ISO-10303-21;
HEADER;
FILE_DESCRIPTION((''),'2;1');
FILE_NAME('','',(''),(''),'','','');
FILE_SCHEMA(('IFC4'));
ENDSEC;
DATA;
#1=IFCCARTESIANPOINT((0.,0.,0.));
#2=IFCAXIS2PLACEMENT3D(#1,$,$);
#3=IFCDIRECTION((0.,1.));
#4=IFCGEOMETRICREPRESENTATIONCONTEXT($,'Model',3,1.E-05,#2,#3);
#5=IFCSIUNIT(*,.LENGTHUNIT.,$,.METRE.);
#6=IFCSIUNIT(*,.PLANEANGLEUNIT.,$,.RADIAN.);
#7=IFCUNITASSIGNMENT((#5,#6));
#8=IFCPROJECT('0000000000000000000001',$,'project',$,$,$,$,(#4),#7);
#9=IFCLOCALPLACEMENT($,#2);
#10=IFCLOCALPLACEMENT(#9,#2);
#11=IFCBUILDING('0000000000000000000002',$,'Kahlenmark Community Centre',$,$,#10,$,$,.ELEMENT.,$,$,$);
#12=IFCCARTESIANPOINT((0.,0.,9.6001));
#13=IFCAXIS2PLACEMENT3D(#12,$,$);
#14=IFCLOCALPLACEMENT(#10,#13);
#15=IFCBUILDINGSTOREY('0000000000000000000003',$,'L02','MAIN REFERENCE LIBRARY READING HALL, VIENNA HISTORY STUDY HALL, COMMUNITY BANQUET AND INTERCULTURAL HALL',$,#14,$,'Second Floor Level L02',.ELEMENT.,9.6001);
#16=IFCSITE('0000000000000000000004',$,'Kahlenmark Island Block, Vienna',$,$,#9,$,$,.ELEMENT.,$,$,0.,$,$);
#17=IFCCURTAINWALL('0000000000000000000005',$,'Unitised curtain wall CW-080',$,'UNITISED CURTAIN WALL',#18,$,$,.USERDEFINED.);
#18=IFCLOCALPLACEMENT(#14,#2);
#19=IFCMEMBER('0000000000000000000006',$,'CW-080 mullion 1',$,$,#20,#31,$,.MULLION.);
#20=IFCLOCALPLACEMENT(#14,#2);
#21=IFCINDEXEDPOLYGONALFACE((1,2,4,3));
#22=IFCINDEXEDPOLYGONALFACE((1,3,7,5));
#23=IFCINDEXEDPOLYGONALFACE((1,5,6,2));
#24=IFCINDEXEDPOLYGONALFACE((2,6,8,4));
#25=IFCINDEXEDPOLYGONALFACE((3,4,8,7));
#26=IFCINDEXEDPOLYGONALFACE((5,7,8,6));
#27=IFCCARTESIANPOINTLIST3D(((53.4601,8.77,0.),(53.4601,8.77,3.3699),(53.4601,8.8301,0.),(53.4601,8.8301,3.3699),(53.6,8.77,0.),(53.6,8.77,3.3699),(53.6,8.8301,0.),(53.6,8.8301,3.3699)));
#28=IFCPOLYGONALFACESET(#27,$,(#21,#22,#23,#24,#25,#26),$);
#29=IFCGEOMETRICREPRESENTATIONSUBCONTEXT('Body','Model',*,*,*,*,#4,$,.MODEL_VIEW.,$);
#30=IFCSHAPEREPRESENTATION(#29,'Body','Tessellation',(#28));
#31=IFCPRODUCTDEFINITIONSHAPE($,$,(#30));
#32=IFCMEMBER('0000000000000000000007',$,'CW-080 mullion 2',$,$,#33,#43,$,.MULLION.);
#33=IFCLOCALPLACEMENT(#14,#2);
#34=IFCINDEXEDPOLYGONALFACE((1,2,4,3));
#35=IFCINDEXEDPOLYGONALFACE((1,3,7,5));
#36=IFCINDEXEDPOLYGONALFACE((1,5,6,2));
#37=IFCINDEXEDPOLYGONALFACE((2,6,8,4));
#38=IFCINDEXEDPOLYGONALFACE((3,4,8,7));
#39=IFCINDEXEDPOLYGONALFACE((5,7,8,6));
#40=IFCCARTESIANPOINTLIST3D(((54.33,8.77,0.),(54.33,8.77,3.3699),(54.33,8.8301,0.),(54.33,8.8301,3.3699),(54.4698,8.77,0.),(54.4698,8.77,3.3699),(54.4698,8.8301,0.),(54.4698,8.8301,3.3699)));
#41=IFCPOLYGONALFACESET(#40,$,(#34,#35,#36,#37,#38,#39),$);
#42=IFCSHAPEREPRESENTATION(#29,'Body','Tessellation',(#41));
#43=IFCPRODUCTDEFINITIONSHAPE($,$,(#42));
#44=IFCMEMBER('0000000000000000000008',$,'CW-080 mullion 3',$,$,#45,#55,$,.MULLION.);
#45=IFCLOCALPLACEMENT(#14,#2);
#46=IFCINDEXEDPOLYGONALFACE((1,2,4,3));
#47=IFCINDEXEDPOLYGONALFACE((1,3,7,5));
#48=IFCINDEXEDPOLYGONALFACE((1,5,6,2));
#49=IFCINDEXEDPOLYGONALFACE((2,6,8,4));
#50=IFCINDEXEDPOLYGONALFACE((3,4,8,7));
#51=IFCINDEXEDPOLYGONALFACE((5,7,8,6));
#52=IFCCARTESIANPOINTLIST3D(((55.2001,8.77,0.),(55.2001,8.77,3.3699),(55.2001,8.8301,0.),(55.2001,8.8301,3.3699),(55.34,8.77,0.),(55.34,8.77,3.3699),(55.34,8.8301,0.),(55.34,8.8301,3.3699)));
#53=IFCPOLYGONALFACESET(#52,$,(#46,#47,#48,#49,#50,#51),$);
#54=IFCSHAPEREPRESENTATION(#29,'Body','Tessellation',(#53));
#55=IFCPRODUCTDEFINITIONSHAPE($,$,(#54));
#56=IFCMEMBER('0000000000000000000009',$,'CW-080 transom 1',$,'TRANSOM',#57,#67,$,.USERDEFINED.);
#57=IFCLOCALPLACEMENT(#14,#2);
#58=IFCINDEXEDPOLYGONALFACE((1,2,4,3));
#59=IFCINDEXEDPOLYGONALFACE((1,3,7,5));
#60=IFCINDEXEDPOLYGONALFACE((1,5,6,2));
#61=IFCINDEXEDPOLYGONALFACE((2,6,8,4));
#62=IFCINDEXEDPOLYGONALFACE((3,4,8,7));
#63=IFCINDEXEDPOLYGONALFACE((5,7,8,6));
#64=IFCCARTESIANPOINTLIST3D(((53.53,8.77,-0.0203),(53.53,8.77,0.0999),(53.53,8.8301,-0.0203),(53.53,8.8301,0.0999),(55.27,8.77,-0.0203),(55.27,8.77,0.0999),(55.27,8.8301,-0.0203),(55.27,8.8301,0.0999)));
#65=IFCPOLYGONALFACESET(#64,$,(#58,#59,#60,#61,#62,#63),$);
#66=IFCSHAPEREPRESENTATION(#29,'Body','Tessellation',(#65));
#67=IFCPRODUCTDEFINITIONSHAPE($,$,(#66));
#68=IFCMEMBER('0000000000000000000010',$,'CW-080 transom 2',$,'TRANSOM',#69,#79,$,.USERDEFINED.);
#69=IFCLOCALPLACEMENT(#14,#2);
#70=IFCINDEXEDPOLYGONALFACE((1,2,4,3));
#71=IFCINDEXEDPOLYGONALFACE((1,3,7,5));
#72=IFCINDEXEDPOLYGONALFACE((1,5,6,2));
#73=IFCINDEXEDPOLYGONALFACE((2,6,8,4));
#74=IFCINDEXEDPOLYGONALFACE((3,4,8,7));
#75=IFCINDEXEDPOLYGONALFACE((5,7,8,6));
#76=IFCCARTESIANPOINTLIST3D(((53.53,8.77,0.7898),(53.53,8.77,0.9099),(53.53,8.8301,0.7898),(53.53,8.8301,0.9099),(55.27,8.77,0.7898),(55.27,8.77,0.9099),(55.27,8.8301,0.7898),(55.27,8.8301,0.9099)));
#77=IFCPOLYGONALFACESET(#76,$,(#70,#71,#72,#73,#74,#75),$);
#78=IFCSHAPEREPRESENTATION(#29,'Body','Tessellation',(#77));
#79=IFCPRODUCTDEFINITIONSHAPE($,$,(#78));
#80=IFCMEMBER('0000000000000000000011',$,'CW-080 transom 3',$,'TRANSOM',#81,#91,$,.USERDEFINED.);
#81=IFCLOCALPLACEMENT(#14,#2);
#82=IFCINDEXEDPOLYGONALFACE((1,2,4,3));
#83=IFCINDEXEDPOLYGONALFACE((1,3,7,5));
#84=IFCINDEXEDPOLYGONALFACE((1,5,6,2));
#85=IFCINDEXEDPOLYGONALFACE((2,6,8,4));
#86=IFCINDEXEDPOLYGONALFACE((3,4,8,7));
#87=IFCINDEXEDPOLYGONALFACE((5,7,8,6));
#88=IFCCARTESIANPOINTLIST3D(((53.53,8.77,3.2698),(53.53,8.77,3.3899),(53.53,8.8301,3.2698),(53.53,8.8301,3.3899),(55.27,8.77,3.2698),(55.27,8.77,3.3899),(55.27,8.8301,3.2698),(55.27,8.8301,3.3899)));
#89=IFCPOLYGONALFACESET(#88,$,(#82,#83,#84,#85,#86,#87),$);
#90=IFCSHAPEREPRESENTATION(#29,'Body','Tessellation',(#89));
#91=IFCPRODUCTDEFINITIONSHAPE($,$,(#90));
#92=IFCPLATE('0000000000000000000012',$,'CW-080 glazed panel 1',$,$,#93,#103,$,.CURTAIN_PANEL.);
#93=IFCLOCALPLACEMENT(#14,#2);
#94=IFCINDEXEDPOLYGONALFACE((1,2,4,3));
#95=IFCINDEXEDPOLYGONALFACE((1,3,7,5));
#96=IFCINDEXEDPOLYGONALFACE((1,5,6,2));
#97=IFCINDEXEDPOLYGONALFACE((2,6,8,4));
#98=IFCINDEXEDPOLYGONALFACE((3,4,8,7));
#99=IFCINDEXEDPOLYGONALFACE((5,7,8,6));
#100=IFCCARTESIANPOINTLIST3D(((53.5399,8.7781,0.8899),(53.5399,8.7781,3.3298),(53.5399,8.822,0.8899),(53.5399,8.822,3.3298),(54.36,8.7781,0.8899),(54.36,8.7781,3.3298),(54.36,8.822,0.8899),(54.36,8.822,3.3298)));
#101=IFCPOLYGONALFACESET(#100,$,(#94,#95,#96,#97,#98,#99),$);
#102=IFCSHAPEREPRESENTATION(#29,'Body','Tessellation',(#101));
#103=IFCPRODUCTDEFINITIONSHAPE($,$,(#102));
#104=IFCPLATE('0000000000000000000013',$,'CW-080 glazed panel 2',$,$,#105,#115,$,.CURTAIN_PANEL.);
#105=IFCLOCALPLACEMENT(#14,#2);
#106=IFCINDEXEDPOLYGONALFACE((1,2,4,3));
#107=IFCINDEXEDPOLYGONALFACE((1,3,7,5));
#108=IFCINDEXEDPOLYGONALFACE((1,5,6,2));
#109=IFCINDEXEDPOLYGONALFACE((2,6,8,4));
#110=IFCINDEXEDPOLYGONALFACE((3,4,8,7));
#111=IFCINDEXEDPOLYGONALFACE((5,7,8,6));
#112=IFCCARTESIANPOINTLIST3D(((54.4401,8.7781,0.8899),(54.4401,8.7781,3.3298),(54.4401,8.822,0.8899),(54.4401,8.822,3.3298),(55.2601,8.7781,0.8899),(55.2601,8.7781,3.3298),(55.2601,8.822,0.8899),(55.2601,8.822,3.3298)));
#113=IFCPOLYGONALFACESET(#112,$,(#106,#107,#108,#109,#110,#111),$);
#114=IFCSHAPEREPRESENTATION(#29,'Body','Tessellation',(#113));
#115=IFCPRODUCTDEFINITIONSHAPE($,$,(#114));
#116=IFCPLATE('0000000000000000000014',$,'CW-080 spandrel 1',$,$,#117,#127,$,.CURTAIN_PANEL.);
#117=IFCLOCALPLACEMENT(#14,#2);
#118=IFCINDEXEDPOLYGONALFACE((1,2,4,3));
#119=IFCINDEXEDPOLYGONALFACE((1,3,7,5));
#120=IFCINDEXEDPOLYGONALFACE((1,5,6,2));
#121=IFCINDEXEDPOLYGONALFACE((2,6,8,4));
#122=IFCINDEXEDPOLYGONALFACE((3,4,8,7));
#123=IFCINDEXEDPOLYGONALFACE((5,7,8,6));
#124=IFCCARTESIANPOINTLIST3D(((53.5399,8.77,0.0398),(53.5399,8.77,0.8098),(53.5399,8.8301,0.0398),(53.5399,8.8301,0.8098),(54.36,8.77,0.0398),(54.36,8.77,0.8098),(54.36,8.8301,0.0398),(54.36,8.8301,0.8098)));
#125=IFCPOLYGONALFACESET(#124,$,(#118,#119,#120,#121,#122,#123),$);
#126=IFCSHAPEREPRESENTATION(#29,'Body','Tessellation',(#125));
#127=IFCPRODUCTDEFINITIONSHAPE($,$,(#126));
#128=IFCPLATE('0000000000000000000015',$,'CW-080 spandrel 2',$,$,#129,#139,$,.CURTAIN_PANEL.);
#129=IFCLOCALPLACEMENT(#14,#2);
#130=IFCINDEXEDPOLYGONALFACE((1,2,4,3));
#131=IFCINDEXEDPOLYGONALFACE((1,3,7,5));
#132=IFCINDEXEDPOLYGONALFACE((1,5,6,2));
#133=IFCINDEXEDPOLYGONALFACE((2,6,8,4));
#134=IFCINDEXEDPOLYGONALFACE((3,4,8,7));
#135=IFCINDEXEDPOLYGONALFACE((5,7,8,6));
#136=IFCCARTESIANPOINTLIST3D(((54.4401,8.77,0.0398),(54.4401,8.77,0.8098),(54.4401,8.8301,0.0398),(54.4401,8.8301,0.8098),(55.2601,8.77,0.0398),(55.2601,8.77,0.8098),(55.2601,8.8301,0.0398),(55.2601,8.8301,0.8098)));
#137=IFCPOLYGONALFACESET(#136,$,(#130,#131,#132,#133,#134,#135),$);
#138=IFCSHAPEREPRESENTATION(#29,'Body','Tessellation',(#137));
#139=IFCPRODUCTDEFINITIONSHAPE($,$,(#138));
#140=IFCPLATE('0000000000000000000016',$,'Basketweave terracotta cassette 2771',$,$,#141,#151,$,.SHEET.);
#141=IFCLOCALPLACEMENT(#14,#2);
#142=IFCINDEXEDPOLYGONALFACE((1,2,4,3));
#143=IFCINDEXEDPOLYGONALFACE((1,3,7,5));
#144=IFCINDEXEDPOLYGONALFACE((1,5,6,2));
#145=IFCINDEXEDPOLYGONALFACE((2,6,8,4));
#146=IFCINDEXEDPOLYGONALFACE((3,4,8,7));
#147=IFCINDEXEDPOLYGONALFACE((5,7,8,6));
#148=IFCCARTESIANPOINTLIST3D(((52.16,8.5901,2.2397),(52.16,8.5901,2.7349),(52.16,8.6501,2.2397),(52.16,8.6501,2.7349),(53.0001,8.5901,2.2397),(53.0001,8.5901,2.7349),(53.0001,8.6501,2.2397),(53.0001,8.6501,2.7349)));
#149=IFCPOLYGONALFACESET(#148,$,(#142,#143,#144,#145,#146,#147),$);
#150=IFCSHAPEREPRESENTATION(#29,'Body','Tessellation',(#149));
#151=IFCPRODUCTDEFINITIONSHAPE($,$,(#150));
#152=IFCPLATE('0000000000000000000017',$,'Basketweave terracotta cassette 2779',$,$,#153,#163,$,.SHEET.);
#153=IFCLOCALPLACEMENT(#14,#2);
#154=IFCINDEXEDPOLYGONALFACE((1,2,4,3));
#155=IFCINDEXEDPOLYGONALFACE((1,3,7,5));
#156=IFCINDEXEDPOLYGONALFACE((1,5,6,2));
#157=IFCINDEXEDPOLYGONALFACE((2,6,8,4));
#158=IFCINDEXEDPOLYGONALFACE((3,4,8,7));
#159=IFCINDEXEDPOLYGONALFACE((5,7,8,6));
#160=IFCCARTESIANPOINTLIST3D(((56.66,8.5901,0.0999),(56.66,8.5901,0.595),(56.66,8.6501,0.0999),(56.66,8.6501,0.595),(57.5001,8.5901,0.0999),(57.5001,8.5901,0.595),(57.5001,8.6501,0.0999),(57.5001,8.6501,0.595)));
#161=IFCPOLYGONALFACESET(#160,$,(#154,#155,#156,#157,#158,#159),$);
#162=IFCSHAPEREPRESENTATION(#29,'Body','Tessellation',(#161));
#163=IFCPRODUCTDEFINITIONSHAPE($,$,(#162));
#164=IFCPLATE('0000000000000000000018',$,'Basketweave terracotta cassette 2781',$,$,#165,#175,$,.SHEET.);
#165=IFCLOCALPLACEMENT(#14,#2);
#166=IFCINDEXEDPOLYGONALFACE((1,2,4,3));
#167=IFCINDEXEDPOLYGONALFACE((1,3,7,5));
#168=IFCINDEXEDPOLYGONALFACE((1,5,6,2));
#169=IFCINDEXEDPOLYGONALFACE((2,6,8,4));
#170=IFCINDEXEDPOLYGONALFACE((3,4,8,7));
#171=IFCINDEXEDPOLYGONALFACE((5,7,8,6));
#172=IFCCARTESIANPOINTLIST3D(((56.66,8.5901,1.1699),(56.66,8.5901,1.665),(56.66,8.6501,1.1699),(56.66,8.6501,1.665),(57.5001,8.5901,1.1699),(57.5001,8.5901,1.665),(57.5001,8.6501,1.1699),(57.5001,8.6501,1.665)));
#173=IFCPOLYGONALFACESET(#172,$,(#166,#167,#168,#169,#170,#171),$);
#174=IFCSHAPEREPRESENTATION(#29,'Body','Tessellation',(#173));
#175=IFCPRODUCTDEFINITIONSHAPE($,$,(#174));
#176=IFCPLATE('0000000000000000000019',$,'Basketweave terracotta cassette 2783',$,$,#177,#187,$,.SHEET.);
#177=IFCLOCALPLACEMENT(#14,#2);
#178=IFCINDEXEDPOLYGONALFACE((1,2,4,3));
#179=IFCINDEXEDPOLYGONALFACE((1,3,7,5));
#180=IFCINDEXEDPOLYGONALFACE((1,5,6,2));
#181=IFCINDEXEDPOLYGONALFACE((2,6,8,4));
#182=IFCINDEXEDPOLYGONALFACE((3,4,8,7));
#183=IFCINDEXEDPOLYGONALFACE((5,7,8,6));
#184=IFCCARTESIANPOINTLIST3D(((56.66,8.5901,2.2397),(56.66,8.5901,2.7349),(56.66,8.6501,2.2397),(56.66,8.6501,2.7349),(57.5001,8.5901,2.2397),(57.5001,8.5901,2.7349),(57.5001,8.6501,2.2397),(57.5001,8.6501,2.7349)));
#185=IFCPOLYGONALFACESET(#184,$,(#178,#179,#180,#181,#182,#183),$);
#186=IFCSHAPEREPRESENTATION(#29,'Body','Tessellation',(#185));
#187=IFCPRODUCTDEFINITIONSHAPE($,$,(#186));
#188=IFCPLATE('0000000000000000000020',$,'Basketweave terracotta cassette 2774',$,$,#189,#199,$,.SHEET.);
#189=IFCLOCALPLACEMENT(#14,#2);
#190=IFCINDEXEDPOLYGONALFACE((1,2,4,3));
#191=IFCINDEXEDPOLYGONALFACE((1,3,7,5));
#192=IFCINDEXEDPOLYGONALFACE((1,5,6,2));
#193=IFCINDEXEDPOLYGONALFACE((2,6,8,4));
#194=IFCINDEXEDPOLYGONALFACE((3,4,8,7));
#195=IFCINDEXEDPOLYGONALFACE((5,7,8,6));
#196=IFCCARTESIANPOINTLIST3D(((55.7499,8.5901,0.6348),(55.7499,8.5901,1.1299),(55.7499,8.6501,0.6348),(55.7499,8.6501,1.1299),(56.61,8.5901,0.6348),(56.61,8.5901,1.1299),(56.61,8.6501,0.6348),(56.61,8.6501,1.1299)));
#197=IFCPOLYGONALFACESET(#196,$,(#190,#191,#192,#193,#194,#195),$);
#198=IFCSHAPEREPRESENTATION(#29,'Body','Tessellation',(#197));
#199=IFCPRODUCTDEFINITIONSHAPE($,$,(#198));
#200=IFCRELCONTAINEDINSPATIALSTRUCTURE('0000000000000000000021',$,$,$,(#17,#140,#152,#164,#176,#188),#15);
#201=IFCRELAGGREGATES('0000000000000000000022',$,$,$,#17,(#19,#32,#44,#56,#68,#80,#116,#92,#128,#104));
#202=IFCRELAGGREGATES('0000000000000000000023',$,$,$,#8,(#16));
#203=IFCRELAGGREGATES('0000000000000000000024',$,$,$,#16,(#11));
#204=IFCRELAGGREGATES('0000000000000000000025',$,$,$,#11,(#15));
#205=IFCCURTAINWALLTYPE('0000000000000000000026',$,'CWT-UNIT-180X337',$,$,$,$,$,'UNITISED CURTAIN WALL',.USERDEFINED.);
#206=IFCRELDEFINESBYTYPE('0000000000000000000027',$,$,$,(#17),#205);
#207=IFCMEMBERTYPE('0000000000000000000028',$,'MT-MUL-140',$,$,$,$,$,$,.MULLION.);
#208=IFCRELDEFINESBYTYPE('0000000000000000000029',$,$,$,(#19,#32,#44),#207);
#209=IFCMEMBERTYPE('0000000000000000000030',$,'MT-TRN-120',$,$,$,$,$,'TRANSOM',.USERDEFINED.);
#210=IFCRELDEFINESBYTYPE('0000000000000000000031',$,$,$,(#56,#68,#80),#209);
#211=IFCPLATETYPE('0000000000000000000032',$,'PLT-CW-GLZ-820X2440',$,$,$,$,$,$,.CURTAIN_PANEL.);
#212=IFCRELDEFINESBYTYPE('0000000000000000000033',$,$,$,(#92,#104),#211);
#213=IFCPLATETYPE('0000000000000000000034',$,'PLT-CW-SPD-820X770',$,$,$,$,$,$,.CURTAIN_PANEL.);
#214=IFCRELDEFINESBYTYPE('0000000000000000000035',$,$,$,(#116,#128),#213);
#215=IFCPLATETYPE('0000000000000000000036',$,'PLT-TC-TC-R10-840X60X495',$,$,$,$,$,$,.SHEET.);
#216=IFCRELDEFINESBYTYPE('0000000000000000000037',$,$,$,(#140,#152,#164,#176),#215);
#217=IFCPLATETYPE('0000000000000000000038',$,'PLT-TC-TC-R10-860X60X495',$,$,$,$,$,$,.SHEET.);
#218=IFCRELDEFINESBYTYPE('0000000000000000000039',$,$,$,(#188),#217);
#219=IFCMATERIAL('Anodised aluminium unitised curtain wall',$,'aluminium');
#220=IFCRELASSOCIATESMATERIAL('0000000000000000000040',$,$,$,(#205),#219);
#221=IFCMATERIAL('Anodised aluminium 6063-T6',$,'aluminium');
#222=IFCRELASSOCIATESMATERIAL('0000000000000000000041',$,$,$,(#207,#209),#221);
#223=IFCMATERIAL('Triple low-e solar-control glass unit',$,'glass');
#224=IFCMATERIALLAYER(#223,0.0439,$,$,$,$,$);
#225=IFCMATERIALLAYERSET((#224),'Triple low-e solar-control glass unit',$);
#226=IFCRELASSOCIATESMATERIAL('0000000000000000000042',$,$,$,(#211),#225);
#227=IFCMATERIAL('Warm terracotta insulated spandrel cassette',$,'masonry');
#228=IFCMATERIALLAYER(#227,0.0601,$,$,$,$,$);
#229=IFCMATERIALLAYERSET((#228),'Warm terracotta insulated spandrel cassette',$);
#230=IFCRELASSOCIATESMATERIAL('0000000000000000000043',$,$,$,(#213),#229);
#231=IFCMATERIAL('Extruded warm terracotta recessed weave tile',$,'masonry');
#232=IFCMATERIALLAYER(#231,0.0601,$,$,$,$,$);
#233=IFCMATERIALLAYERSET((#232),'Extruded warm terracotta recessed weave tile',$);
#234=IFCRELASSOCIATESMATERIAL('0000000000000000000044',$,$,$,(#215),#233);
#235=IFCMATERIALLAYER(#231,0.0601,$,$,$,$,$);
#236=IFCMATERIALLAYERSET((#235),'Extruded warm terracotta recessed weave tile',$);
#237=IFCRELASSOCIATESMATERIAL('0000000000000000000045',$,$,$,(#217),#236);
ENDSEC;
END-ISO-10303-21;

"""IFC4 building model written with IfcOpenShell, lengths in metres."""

from ifc_helpers import new_model, si_unit, direction, frame, origin, origin_2d, place, context, subcontext, project, spatial, rectangle, extrude, material, layer, layer_set, material_profile, profile_set, type_object, element, aggregate, save


model = new_model("IFC4")

# Units and contexts
model_context = context("Model", 3, precision=1e-05, world=origin(), true_north=direction((0.0, 1.0)))
body_context = subcontext(model_context, "Body", "Model", "MODEL_VIEW")
ifc_project = project(units=[si_unit("LENGTHUNIT", "METRE"), si_unit("PLANEANGLEUNIT", "RADIAN")], contexts=[model_context])

# Site, building, storey
site_placement = place(None, origin())
site = spatial("IfcSite", under=ifc_project, at=site_placement, Name="Kahlenmark Island Block, Vienna", CompositionType="ELEMENT", RefElevation=0.0)
building_placement = place(site_placement, origin())
building = spatial("IfcBuilding", under=site, at=building_placement, Name="Kahlenmark Community Centre", CompositionType="ELEMENT")
storey_placement = place(building_placement, frame((0.0, 0.0, 9.6001)))
storey = spatial("IfcBuildingStorey", under=building, at=storey_placement, Name="L02", Description="MAIN REFERENCE LIBRARY READING HALL, VIENNA HISTORY STUDY HALL, COMMUNITY BANQUET AND INTERCULTURAL HALL", LongName="Second Floor Level L02", CompositionType="ELEMENT", Elevation=9.6001)

# Curtain wall, members, plates
ifc_material_1 = material(Name="Anodised aluminium unitised curtain wall", Category="aluminium")
curtain_wall_type = type_object("IfcCurtainWallType", Name="CWT-UNIT-180X337", ElementType="UNITISED CURTAIN WALL", PredefinedType="USERDEFINED", material=ifc_material_1)
curtain_wall_placement = place(storey_placement, origin())
curtain_wall = element("IfcCurtainWall", 1, at=curtain_wall_placement, inside=storey, type_object=curtain_wall_type, Name="Unitised curtain wall CW-080", ObjectType="UNITISED CURTAIN WALL", PredefinedType="USERDEFINED")
ifc_material_2 = material(Name="Anodised aluminium 6063-T6", Category="aluminium")
ifc_material_profile_1 = material_profile(ifc_material_2, rectangle(XDim=0.0601, YDim=0.1399, at=origin_2d()), Name="ALU MULLION 60x140")
ifc_profile_set_1 = profile_set([ifc_material_profile_1], Name="Anodised aluminium 6063-T6")
member_type_1 = type_object("IfcMemberType", Name="MT-MUL-140", PredefinedType="MULLION", material=ifc_profile_set_1)
member_1_placement = place(storey_placement, frame((53.53, 8.8, 0.0), z_axis=(0.0, 0.0, 1.0), x_axis=(0.0, 1.0, 0.0)))
member_1 = element("IfcMember", 2, at=member_1_placement, type_object=member_type_1, Name="CW-080 mullion 1", PredefinedType="MULLION", context=body_context, shape_type="SweptSolid", body=[
    extrude(rectangle(XDim=0.0601, YDim=0.1399, at=origin_2d()), origin(), (0.0, 0.0, 1.0), 3.3699),
])
member_2_placement = place(storey_placement, frame((54.3999, 8.8, 0.0), z_axis=(0.0, 0.0, 1.0), x_axis=(0.0, 1.0, 0.0)))
member_2 = element("IfcMember", 3, at=member_2_placement, type_object=member_type_1, Name="CW-080 mullion 2", PredefinedType="MULLION", context=body_context, shape_type="SweptSolid", body=[
    extrude(rectangle(XDim=0.0601, YDim=0.1399, at=origin_2d()), origin(), (0.0, 0.0, 1.0), 3.3699),
])
member_3_placement = place(storey_placement, frame((55.27, 8.8, 0.0), z_axis=(0.0, 0.0, 1.0), x_axis=(0.0, 1.0, 0.0)))
member_3 = element("IfcMember", 4, at=member_3_placement, type_object=member_type_1, Name="CW-080 mullion 3", PredefinedType="MULLION", context=body_context, shape_type="SweptSolid", body=[
    extrude(rectangle(XDim=0.0601, YDim=0.1399, at=origin_2d()), origin(), (0.0, 0.0, 1.0), 3.3699),
])
ifc_material_profile_2 = material_profile(ifc_material_2, rectangle(XDim=0.0601, YDim=0.1201, at=origin_2d()), Name="ALU TRANSOM 60x120")
ifc_profile_set_2 = profile_set([ifc_material_profile_2], Name="Anodised aluminium 6063-T6")
member_type_2 = type_object("IfcMemberType", Name="MT-TRN-120", ElementType="TRANSOM", PredefinedType="USERDEFINED", material=ifc_profile_set_2)
member_4_placement = place(storey_placement, frame((53.53, 8.8, 0.0398), z_axis=(1.0, 0.0, 0.0), x_axis=(0.0, 1.0, 0.0)))
member_4 = element("IfcMember", 5, at=member_4_placement, type_object=member_type_2, Name="CW-080 transom 1", ObjectType="TRANSOM", PredefinedType="USERDEFINED", context=body_context, shape_type="SweptSolid", body=[
    extrude(rectangle(XDim=0.0601, YDim=0.1201, at=origin_2d()), origin(), (0.0, 0.0, 1.0), 1.74),
])
member_5_placement = place(storey_placement, frame((53.53, 8.8, 0.8499), z_axis=(1.0, 0.0, 0.0), x_axis=(0.0, 1.0, 0.0)))
member_5 = element("IfcMember", 6, at=member_5_placement, type_object=member_type_2, Name="CW-080 transom 2", ObjectType="TRANSOM", PredefinedType="USERDEFINED", context=body_context, shape_type="SweptSolid", body=[
    extrude(rectangle(XDim=0.0601, YDim=0.1201, at=origin_2d()), origin(), (0.0, 0.0, 1.0), 1.74),
])
member_6_placement = place(storey_placement, frame((53.53, 8.8, 3.3298), z_axis=(1.0, 0.0, 0.0), x_axis=(0.0, 1.0, 0.0)))
member_6 = element("IfcMember", 7, at=member_6_placement, type_object=member_type_2, Name="CW-080 transom 3", ObjectType="TRANSOM", PredefinedType="USERDEFINED", context=body_context, shape_type="SweptSolid", body=[
    extrude(rectangle(XDim=0.0601, YDim=0.1201, at=origin_2d()), origin(), (0.0, 0.0, 1.0), 1.74),
])
ifc_material_3 = material(Name="Triple low-e solar-control glass unit", Category="glass")
ifc_layer_1 = layer(ifc_material_3, 0.0439)
ifc_layer_set_1 = layer_set([ifc_layer_1], Name="Triple low-e solar-control glass unit")
plate_type_1 = type_object("IfcPlateType", Name="PLT-CW-GLZ-820X2440", PredefinedType="CURTAIN_PANEL", material=ifc_layer_set_1)
plate_1_placement = place(storey_placement, frame((53.95, 8.8, 0.8899), z_axis=(0.0, 0.0, 1.0), x_axis=(1.0, 0.0, 0.0)))
plate_1 = element("IfcPlate", 8, at=plate_1_placement, type_object=plate_type_1, Name="CW-080 glazed panel 1", PredefinedType="CURTAIN_PANEL", context=body_context, shape_type="SweptSolid", body=[
    extrude(rectangle(XDim=0.8201, YDim=0.0439, at=origin_2d()), origin(), (0.0, 0.0, 1.0), 2.4399),
])
plate_2_placement = place(storey_placement, frame((54.8501, 8.8, 0.8899), z_axis=(0.0, 0.0, 1.0), x_axis=(1.0, 0.0, 0.0)))
plate_2 = element("IfcPlate", 9, at=plate_2_placement, type_object=plate_type_1, Name="CW-080 glazed panel 2", PredefinedType="CURTAIN_PANEL", context=body_context, shape_type="SweptSolid", body=[
    extrude(rectangle(XDim=0.8201, YDim=0.0439, at=origin_2d()), origin(), (0.0, 0.0, 1.0), 2.4399),
])
ifc_material_4 = material(Name="Warm terracotta insulated spandrel cassette", Category="masonry")
ifc_layer_2 = layer(ifc_material_4, 0.0601)
ifc_layer_set_2 = layer_set([ifc_layer_2], Name="Warm terracotta insulated spandrel cassette")
plate_type_2 = type_object("IfcPlateType", Name="PLT-CW-SPD-820X770", PredefinedType="CURTAIN_PANEL", material=ifc_layer_set_2)
plate_3_placement = place(storey_placement, frame((53.95, 8.8, 0.0398), z_axis=(0.0, 0.0, 1.0), x_axis=(1.0, 0.0, 0.0)))
plate_3 = element("IfcPlate", 10, at=plate_3_placement, type_object=plate_type_2, Name="CW-080 spandrel 1", PredefinedType="CURTAIN_PANEL", context=body_context, shape_type="SweptSolid", body=[
    extrude(rectangle(XDim=0.8201, YDim=0.0601, at=origin_2d()), origin(), (0.0, 0.0, 1.0), 0.77),
])
plate_4_placement = place(storey_placement, frame((54.8501, 8.8, 0.0398), z_axis=(0.0, 0.0, 1.0), x_axis=(1.0, 0.0, 0.0)))
plate_4 = element("IfcPlate", 11, at=plate_4_placement, type_object=plate_type_2, Name="CW-080 spandrel 2", PredefinedType="CURTAIN_PANEL", context=body_context, shape_type="SweptSolid", body=[
    extrude(rectangle(XDim=0.8201, YDim=0.0601, at=origin_2d()), origin(), (0.0, 0.0, 1.0), 0.77),
])
aggregate(curtain_wall, [member_1, member_2, member_3, member_4, member_5, member_6, plate_3, plate_1, plate_4, plate_2])

# Plates
ifc_material_5 = material(Name="Extruded warm terracotta recessed weave tile", Category="masonry")
ifc_layer_3 = layer(ifc_material_5, 0.0601)
ifc_layer_set_3 = layer_set([ifc_layer_3], Name="Extruded warm terracotta recessed weave tile")
plate_type_3 = type_object("IfcPlateType", Name="PLT-TC-TC-R10-840X60X495", PredefinedType="SHEET", material=ifc_layer_set_3)
for number, where, z_axis, x_axis, name in (
    (12, (52.5801, 8.6201, 2.2397), (0.0, 0.0, 1.0), (1.0, 0.0, 0.0), "Basketweave terracotta cassette 2771"),
    (13, (57.0801, 8.6201, 0.0999), (0.0, 0.0, 1.0), (1.0, 0.0, 0.0), "Basketweave terracotta cassette 2779"),
    (14, (57.0801, 8.6201, 1.1699), (0.0, 0.0, 1.0), (1.0, 0.0, 0.0), "Basketweave terracotta cassette 2781"),
    (15, (57.0801, 8.6201, 2.2397), (0.0, 0.0, 1.0), (1.0, 0.0, 0.0), "Basketweave terracotta cassette 2783"),
):
    element("IfcPlate", number, at=place(storey_placement, frame(where, z_axis=z_axis, x_axis=x_axis)), inside=storey, type_object=plate_type_3, Name=name, PredefinedType="SHEET", context=body_context, shape_type="SweptSolid", body=[
        extrude(rectangle(XDim=0.8401, YDim=0.0601, at=origin_2d()), origin(), (0.0, 0.0, 1.0), 0.4951),
    ])
ifc_layer_4 = layer(ifc_material_5, 0.0601)
ifc_layer_set_4 = layer_set([ifc_layer_4], Name="Extruded warm terracotta recessed weave tile")
plate_type_4 = type_object("IfcPlateType", Name="PLT-TC-TC-R10-860X60X495", PredefinedType="SHEET", material=ifc_layer_set_4)
for number, where, z_axis, x_axis, name in (
    (16, (56.1799, 8.6201, 0.6348), (0.0, 0.0, 1.0), (1.0, 0.0, 0.0), "Basketweave terracotta cassette 2774"),
):
    element("IfcPlate", number, at=place(storey_placement, frame(where, z_axis=z_axis, x_axis=x_axis)), inside=storey, type_object=plate_type_4, Name=name, PredefinedType="SHEET", context=body_context, shape_type="SweptSolid", body=[
        extrude(rectangle(XDim=0.8601, YDim=0.0601, at=origin_2d()), origin(), (0.0, 0.0, 1.0), 0.4951),
    ])

save(model, "model.ifc")
